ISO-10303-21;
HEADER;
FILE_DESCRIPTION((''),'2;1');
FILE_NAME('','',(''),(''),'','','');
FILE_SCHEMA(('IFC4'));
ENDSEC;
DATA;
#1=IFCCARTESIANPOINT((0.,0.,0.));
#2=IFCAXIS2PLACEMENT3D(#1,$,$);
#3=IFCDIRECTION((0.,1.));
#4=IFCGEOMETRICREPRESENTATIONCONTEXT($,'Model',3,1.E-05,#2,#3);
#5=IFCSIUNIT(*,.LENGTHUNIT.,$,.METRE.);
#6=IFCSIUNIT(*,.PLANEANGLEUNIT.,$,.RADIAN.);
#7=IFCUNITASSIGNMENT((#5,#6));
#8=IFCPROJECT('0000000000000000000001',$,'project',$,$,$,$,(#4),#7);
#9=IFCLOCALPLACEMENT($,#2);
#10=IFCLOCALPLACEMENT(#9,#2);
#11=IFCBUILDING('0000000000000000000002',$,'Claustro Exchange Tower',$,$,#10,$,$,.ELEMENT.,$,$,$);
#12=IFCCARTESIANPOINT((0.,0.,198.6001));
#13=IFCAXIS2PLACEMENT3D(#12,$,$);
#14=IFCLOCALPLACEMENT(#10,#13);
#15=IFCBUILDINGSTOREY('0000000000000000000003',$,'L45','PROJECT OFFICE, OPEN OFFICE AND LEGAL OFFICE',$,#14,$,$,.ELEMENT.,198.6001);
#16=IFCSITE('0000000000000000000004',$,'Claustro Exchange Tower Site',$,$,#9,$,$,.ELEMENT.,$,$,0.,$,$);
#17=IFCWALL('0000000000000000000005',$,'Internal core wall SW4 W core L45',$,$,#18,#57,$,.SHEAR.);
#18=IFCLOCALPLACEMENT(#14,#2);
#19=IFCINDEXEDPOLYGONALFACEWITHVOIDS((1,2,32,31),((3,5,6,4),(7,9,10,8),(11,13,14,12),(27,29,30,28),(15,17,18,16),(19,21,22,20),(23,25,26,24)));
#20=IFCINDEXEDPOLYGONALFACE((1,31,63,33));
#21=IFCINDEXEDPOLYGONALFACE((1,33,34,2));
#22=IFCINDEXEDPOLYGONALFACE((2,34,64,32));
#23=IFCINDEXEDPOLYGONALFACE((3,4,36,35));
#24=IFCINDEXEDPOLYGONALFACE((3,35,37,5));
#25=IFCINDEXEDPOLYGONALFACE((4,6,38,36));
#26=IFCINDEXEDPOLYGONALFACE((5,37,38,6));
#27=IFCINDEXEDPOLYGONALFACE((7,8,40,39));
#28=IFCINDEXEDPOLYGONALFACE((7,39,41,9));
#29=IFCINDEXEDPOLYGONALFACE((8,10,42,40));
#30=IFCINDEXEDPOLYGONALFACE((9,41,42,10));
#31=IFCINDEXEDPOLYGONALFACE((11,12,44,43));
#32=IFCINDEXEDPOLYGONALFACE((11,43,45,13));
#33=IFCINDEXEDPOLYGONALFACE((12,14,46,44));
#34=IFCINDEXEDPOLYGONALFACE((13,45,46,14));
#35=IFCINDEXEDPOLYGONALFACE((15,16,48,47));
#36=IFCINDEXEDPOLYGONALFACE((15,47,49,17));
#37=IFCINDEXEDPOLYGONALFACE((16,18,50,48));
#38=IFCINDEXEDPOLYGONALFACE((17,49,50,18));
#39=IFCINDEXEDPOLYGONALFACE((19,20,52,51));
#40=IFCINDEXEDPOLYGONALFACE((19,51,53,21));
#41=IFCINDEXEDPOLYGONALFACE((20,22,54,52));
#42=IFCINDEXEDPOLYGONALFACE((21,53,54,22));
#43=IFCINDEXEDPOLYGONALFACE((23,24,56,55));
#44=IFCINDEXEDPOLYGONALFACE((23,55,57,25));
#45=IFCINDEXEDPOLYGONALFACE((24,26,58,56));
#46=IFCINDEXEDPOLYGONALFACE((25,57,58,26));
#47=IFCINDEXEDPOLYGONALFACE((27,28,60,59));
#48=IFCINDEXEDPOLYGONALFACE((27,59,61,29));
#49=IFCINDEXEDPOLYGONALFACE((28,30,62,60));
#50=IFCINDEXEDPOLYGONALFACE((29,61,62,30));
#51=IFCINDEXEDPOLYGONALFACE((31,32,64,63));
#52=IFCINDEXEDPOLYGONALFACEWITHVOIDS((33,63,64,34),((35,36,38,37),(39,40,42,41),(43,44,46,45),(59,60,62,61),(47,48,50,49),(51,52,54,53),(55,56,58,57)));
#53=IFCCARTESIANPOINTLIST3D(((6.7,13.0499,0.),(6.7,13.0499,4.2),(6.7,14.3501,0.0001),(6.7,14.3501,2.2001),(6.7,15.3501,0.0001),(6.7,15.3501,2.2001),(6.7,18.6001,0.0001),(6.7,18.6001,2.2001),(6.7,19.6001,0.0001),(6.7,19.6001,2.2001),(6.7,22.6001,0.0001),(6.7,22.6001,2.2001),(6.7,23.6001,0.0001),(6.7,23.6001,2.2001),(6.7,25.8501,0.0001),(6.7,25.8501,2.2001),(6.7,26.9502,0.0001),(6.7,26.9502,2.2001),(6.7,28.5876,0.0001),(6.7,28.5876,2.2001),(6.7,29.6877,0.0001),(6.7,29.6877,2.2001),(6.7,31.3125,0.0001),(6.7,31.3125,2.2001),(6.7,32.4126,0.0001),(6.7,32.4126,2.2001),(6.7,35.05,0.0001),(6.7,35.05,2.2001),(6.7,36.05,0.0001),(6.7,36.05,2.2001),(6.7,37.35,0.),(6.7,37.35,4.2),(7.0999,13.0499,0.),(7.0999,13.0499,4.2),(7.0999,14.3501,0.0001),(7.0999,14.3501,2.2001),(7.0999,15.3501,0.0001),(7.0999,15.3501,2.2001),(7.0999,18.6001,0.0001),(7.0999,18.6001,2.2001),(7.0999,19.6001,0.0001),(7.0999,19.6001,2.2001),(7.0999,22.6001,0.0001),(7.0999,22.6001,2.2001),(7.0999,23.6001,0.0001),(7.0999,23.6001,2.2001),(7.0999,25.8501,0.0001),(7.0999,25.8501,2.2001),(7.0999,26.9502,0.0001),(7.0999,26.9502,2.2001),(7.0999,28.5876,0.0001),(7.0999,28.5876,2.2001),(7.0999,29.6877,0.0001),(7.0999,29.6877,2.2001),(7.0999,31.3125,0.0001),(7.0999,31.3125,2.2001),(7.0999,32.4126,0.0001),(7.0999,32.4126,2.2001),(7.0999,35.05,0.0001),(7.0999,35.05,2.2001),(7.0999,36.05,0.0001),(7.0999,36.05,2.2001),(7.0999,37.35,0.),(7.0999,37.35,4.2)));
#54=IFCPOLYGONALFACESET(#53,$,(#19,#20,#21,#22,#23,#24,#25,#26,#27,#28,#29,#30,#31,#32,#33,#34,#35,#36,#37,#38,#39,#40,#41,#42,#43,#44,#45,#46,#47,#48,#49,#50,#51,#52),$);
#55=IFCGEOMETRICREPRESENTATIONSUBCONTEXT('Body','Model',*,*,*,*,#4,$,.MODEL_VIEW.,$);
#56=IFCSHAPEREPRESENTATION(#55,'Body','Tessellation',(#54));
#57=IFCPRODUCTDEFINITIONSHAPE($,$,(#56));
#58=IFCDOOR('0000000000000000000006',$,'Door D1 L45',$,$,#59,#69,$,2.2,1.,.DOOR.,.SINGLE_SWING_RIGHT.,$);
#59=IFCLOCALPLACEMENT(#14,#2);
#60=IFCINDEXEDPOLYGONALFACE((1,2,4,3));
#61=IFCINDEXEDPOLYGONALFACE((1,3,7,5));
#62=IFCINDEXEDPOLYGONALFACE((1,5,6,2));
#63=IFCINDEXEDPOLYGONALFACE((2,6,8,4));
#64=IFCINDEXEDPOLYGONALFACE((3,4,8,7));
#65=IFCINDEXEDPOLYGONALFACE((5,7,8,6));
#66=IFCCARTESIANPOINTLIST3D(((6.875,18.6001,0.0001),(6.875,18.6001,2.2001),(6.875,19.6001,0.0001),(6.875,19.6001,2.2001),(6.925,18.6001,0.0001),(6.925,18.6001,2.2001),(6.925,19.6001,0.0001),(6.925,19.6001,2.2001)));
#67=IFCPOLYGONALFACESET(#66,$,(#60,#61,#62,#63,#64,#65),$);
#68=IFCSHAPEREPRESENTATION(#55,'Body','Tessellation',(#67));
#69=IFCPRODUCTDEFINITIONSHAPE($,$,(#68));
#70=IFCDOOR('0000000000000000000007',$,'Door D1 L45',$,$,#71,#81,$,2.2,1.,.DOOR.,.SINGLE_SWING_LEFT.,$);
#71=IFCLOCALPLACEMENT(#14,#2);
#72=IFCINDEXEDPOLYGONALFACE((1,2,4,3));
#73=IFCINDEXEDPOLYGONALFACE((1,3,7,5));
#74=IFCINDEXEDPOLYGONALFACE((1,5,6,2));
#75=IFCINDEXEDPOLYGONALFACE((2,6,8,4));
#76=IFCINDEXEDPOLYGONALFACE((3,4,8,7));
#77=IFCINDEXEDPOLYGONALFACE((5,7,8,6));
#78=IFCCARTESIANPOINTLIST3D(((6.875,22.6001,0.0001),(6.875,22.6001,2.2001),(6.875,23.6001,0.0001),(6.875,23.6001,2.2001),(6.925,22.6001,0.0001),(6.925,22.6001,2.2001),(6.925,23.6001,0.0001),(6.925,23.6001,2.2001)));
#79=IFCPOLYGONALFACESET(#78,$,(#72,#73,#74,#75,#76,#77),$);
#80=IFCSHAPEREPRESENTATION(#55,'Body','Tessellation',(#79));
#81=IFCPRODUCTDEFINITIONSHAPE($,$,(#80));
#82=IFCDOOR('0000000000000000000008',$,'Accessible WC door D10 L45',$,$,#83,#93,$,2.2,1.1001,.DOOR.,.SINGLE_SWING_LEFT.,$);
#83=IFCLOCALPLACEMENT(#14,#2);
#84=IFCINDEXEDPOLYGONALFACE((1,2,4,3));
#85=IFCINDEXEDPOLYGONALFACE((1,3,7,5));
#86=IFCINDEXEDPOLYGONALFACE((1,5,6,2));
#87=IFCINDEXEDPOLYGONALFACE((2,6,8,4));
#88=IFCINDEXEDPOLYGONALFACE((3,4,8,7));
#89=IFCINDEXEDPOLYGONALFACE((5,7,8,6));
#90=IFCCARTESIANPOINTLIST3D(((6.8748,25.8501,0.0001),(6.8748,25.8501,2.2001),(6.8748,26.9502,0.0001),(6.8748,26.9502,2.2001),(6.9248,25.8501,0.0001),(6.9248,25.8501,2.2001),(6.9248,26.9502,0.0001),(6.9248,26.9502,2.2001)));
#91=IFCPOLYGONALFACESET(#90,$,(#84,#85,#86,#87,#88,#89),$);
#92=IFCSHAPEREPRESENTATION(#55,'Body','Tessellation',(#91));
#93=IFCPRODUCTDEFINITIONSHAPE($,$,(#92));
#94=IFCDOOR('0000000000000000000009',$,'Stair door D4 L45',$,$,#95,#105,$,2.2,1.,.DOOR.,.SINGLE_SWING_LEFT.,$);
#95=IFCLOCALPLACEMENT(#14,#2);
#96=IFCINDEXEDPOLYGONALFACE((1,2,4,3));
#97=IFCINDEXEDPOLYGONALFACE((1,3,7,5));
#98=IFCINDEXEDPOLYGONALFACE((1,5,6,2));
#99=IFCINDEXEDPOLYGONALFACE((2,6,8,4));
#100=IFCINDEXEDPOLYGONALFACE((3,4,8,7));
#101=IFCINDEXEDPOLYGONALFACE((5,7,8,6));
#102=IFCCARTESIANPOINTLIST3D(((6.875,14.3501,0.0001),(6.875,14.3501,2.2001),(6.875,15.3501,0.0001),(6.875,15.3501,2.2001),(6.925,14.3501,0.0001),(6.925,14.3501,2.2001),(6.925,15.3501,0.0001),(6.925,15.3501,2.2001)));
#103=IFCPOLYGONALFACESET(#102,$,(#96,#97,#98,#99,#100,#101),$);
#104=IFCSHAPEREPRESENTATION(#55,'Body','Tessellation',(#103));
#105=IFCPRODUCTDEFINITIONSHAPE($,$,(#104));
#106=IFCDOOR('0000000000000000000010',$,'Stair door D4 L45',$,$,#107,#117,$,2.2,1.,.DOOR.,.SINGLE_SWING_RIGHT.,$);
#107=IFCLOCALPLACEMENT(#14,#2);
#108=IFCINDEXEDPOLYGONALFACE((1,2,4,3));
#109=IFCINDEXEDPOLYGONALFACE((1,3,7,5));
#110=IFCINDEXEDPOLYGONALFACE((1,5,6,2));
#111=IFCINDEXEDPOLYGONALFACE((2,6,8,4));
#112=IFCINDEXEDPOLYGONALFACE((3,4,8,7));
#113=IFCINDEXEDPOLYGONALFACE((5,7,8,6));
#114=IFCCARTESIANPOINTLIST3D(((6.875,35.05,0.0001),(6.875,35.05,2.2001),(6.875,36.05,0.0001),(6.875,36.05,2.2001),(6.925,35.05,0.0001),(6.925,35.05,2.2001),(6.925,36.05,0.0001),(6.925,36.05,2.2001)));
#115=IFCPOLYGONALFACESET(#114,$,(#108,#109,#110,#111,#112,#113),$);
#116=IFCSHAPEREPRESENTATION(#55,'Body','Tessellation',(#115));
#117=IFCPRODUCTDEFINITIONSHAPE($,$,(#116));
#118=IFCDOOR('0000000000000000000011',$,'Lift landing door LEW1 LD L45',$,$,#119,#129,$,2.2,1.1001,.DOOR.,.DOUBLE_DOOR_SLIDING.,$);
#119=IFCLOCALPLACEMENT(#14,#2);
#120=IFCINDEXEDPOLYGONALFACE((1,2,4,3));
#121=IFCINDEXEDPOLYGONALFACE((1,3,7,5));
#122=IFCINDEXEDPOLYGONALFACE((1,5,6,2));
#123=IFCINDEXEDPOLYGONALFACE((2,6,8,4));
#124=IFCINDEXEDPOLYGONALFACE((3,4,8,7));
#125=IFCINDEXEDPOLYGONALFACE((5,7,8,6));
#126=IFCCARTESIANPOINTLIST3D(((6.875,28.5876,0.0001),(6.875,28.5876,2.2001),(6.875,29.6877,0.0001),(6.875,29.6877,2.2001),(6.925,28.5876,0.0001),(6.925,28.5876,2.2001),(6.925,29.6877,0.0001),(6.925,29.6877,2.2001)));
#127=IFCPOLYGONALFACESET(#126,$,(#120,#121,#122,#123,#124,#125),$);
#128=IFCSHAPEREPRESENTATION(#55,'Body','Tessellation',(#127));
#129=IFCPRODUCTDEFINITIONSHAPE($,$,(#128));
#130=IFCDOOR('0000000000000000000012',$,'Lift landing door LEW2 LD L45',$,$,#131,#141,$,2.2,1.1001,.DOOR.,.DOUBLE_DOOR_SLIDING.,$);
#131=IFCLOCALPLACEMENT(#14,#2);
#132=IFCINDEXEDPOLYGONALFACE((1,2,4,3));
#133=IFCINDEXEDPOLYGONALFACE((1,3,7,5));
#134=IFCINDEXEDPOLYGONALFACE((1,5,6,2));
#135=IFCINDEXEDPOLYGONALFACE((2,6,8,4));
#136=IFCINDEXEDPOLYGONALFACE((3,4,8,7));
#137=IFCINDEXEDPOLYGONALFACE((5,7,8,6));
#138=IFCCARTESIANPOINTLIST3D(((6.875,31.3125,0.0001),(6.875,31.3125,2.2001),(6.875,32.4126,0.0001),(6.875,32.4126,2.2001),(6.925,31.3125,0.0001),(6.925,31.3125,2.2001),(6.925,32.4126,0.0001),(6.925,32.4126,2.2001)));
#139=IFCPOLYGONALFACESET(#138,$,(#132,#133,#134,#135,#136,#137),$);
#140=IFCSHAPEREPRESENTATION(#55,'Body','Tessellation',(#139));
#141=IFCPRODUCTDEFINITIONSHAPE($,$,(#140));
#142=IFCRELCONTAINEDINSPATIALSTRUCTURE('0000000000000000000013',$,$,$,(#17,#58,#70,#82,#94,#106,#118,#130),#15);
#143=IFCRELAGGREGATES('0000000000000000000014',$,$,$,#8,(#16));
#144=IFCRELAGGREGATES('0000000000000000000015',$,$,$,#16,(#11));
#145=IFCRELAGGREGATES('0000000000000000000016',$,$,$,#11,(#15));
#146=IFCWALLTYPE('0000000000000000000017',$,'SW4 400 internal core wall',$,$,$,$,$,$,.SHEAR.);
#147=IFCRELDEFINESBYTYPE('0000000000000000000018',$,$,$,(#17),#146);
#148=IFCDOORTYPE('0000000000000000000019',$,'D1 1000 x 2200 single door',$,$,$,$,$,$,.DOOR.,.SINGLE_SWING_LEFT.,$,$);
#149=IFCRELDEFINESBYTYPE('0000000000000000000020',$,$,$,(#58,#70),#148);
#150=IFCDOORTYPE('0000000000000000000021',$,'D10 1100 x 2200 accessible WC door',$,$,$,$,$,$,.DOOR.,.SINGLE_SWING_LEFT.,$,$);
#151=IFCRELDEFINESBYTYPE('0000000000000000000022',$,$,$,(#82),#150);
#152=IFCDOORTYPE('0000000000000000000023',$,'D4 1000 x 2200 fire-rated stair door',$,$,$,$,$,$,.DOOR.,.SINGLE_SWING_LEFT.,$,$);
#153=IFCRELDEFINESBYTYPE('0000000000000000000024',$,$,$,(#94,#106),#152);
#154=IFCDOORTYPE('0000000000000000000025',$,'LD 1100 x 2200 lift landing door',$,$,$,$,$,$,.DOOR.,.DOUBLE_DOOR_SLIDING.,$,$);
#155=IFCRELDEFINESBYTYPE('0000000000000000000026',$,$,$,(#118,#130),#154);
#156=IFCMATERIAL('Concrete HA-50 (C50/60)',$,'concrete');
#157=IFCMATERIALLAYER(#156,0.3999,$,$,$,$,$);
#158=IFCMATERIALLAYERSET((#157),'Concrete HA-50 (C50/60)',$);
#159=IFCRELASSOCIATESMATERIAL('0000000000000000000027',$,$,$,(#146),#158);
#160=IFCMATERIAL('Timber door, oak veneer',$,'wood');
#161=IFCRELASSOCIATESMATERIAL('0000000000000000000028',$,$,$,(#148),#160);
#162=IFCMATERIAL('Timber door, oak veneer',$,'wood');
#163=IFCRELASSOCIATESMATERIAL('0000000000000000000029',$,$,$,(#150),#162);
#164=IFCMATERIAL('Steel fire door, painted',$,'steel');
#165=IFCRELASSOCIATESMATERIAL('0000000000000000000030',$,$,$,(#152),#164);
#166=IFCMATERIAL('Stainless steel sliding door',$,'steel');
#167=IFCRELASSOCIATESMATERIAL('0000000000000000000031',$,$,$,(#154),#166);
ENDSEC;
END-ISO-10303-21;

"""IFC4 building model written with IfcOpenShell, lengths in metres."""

from ifc_helpers import new_model, si_unit, direction, frame, frame_2d, origin, place, context, subcontext, project, spatial, rectangle, extrude, material, layer, layer_set, type_object, element, fill, save


model = new_model("IFC4")

# Units and contexts
model_context = context("Model", 3, precision=1e-05, world=origin(), true_north=direction((0.0, 1.0)))
body_context = subcontext(model_context, "Body", "Model", "MODEL_VIEW")
ifc_project = project(units=[si_unit("LENGTHUNIT", "METRE"), si_unit("PLANEANGLEUNIT", "RADIAN")], contexts=[model_context])

# Site, building, storey
site_placement = place(None, origin())
site = spatial("IfcSite", under=ifc_project, at=site_placement, Name="Claustro Exchange Tower Site", CompositionType="ELEMENT", RefElevation=0.0)
building_placement = place(site_placement, origin())
building = spatial("IfcBuilding", under=site, at=building_placement, Name="Claustro Exchange Tower", CompositionType="ELEMENT")
storey_placement = place(building_placement, frame((0.0, 0.0, 198.6001)))
storey = spatial("IfcBuildingStorey", under=building, at=storey_placement, Name="L45", Description="PROJECT OFFICE, OPEN OFFICE AND LEGAL OFFICE", CompositionType="ELEMENT", Elevation=198.6001)

# Wall, openings, doors
ifc_material_1 = material(Name="Concrete HA-50 (C50/60)", Category="concrete")
ifc_layer_1 = layer(ifc_material_1, 0.3999)
ifc_layer_set_1 = layer_set([ifc_layer_1], Name="Concrete HA-50 (C50/60)")
wall_type_1 = type_object("IfcWallType", Name="SW4 400 internal core wall", PredefinedType="SHEAR", material=ifc_layer_set_1)
wall_1_placement = place(storey_placement, frame((6.8999, 13.05, 0.0), z_axis=(0.0, 0.0, 1.0), x_axis=(0.0, 1.0, 0.0)))
wall_1 = element("IfcWall", 1, at=wall_1_placement, inside=storey, type_object=wall_type_1, Name="Internal core wall SW4 W core L45", PredefinedType="SHEAR", context=body_context, shape_type="SweptSolid", body=[
    extrude(rectangle(XDim=24.3, YDim=0.3999, at=frame_2d((12.1499, 0.0))), origin(), (0.0, 0.0, 1.0), 4.2),
])
opening_1_placement = place(wall_1_placement, frame((1.3, 0.0, 0.0)))
opening_1 = element("IfcOpeningElement", 2, at=opening_1_placement, cuts=wall_1, PredefinedType="OPENING", context=body_context, shape_type="SweptSolid", body=[
    extrude(rectangle(XDim=1.0, YDim=2.2, at=frame_2d((0.5, 1.1001))), frame((0.0, 0.21, 0.0), z_axis=(0.0, -1.0, 0.0), x_axis=(1.0, 0.0, 0.0)), (0.0, 0.0, 1.0), 0.4199),
])
opening_2_placement = place(wall_1_placement, frame((22.0, 0.0, 0.0)))
opening_2 = element("IfcOpeningElement", 3, at=opening_2_placement, cuts=wall_1, PredefinedType="OPENING", context=body_context, shape_type="SweptSolid", body=[
    extrude(rectangle(XDim=1.0, YDim=2.2, at=frame_2d((0.5, 1.1001))), frame((0.0, 0.21, 0.0), z_axis=(0.0, -1.0, 0.0), x_axis=(1.0, 0.0, 0.0)), (0.0, 0.0, 1.0), 0.4199),
])
opening_3_placement = place(wall_1_placement, frame((5.55, 0.0, 0.0)))
opening_3 = element("IfcOpeningElement", 4, at=opening_3_placement, cuts=wall_1, PredefinedType="OPENING", context=body_context, shape_type="SweptSolid", body=[
    extrude(rectangle(XDim=1.0, YDim=2.2, at=frame_2d((0.5, 1.1001))), frame((0.0, 0.21, 0.0), z_axis=(0.0, -1.0, 0.0), x_axis=(1.0, 0.0, 0.0)), (0.0, 0.0, 1.0), 0.4199),
])
opening_4_placement = place(wall_1_placement, frame((9.55, 0.0, 0.0)))
opening_4 = element("IfcOpeningElement", 5, at=opening_4_placement, cuts=wall_1, PredefinedType="OPENING", context=body_context, shape_type="SweptSolid", body=[
    extrude(rectangle(XDim=1.0, YDim=2.2, at=frame_2d((0.5, 1.1001))), frame((0.0, 0.21, 0.0), z_axis=(0.0, -1.0, 0.0), x_axis=(1.0, 0.0, 0.0)), (0.0, 0.0, 1.0), 0.4199),
])
opening_5_placement = place(wall_1_placement, frame((12.8, 0.0, 0.0)))
opening_5 = element("IfcOpeningElement", 6, at=opening_5_placement, cuts=wall_1, PredefinedType="OPENING", context=body_context, shape_type="SweptSolid", body=[
    extrude(rectangle(XDim=1.1001, YDim=2.2, at=frame_2d((0.55, 1.1001))), frame((0.0, 0.21, 0.0), z_axis=(0.0, -1.0, 0.0), x_axis=(1.0, 0.0, 0.0)), (0.0, 0.0, 1.0), 0.4199),
])
opening_6_placement = place(wall_1_placement, frame((15.5376, 0.0, 0.0)))
opening_6 = element("IfcOpeningElement", 7, at=opening_6_placement, cuts=wall_1, PredefinedType="OPENING", context=body_context, shape_type="SweptSolid", body=[
    extrude(rectangle(XDim=1.1001, YDim=2.2, at=frame_2d((0.55, 1.1001))), frame((0.0, 0.21, 0.0), z_axis=(0.0, -1.0, 0.0), x_axis=(1.0, 0.0, 0.0)), (0.0, 0.0, 1.0), 0.4199),
])
opening_7_placement = place(wall_1_placement, frame((18.2625, 0.0, 0.0)))
opening_7 = element("IfcOpeningElement", 8, at=opening_7_placement, cuts=wall_1, PredefinedType="OPENING", context=body_context, shape_type="SweptSolid", body=[
    extrude(rectangle(XDim=1.1001, YDim=2.2, at=frame_2d((0.55, 1.1001))), frame((0.0, 0.21, 0.0), z_axis=(0.0, -1.0, 0.0), x_axis=(1.0, 0.0, 0.0)), (0.0, 0.0, 1.0), 0.4199),
])
ifc_material_2 = material(Name="Timber door, oak veneer", Category="wood")
door_type_1 = type_object("IfcDoorType", Name="D1 1000 x 2200 single door", OperationType="SINGLE_SWING_LEFT", PredefinedType="DOOR", material=ifc_material_2)
door_1_placement = place(opening_3_placement, origin())
door_1 = element("IfcDoor", 9, at=door_1_placement, inside=storey, type_object=door_type_1, Name="Door D1 L45", OperationType="SINGLE_SWING_RIGHT", OverallHeight=2.2, OverallWidth=1.0, PredefinedType="DOOR", context=body_context, shape_type="SweptSolid", body=[
    extrude(rectangle(XDim=1.0, YDim=2.2, at=frame_2d((0.5, 1.1001))), frame((0.0, 0.0249, 0.0), z_axis=(0.0, -1.0, 0.0), x_axis=(1.0, 0.0, 0.0)), (0.0, 0.0, 1.0), 0.05),
])
fill(opening_3, door_1)
door_2_placement = place(opening_4_placement, origin())
door_2 = element("IfcDoor", 10, at=door_2_placement, inside=storey, type_object=door_type_1, Name="Door D1 L45", OperationType="SINGLE_SWING_LEFT", OverallHeight=2.2, OverallWidth=1.0, PredefinedType="DOOR", context=body_context, shape_type="SweptSolid", body=[
    extrude(rectangle(XDim=1.0, YDim=2.2, at=frame_2d((0.5, 1.1001))), frame((0.0, 0.0249, 0.0), z_axis=(0.0, -1.0, 0.0), x_axis=(1.0, 0.0, 0.0)), (0.0, 0.0, 1.0), 0.05),
])
fill(opening_4, door_2)
ifc_material_3 = material(Name="Timber door, oak veneer", Category="wood")
door_type_2 = type_object("IfcDoorType", Name="D10 1100 x 2200 accessible WC door", OperationType="SINGLE_SWING_LEFT", PredefinedType="DOOR", material=ifc_material_3)
door_3_placement = place(opening_5_placement, frame((1.1001, 0.0, 0.0), z_axis=(0.0, 0.0, 1.0), x_axis=(-1.0, 0.0, 0.0)))
door_3 = element("IfcDoor", 11, at=door_3_placement, inside=storey, type_object=door_type_2, Name="Accessible WC door D10 L45", OperationType="SINGLE_SWING_LEFT", OverallHeight=2.2, OverallWidth=1.1001, PredefinedType="DOOR", context=body_context, shape_type="SweptSolid", body=[
    extrude(rectangle(XDim=1.1001, YDim=2.2, at=frame_2d((0.55, 1.1001))), frame((0.0, 0.0249, 0.0), z_axis=(0.0, -1.0, 0.0), x_axis=(1.0, 0.0, 0.0)), (0.0, 0.0, 1.0), 0.05),
])
fill(opening_5, door_3)
ifc_material_4 = material(Name="Steel fire door, painted", Category="steel")
door_type_3 = type_object("IfcDoorType", Name="D4 1000 x 2200 fire-rated stair door", OperationType="SINGLE_SWING_LEFT", PredefinedType="DOOR", material=ifc_material_4)
door_4_placement = place(opening_1_placement, origin())
door_4 = element("IfcDoor", 12, at=door_4_placement, inside=storey, type_object=door_type_3, Name="Stair door D4 L45", OperationType="SINGLE_SWING_LEFT", OverallHeight=2.2, OverallWidth=1.0, PredefinedType="DOOR", context=body_context, shape_type="SweptSolid", body=[
    extrude(rectangle(XDim=1.0, YDim=2.2, at=frame_2d((0.5, 1.1001))), frame((0.0, 0.0249, 0.0), z_axis=(0.0, -1.0, 0.0), x_axis=(1.0, 0.0, 0.0)), (0.0, 0.0, 1.0), 0.05),
])
fill(opening_1, door_4)
door_5_placement = place(opening_2_placement, origin())
door_5 = element("IfcDoor", 13, at=door_5_placement, inside=storey, type_object=door_type_3, Name="Stair door D4 L45", OperationType="SINGLE_SWING_RIGHT", OverallHeight=2.2, OverallWidth=1.0, PredefinedType="DOOR", context=body_context, shape_type="SweptSolid", body=[
    extrude(rectangle(XDim=1.0, YDim=2.2, at=frame_2d((0.5, 1.1001))), frame((0.0, 0.0249, 0.0), z_axis=(0.0, -1.0, 0.0), x_axis=(1.0, 0.0, 0.0)), (0.0, 0.0, 1.0), 0.05),
])
fill(opening_2, door_5)
ifc_material_5 = material(Name="Stainless steel sliding door", Category="steel")
door_type_4 = type_object("IfcDoorType", Name="LD 1100 x 2200 lift landing door", OperationType="DOUBLE_DOOR_SLIDING", PredefinedType="DOOR", material=ifc_material_5)
door_6_placement = place(opening_6_placement, origin())
door_6 = element("IfcDoor", 14, at=door_6_placement, inside=storey, type_object=door_type_4, Name="Lift landing door LEW1 LD L45", OperationType="DOUBLE_DOOR_SLIDING", OverallHeight=2.2, OverallWidth=1.1001, PredefinedType="DOOR", context=body_context, shape_type="SweptSolid", body=[
    extrude(rectangle(XDim=1.1001, YDim=2.2, at=frame_2d((0.55, 1.1001))), frame((0.0, 0.0249, 0.0), z_axis=(0.0, -1.0, 0.0), x_axis=(1.0, 0.0, 0.0)), (0.0, 0.0, 1.0), 0.05),
])
fill(opening_6, door_6)
door_7_placement = place(opening_7_placement, origin())
door_7 = element("IfcDoor", 15, at=door_7_placement, inside=storey, type_object=door_type_4, Name="Lift landing door LEW2 LD L45", OperationType="DOUBLE_DOOR_SLIDING", OverallHeight=2.2, OverallWidth=1.1001, PredefinedType="DOOR", context=body_context, shape_type="SweptSolid", body=[
    extrude(rectangle(XDim=1.1001, YDim=2.2, at=frame_2d((0.55, 1.1001))), frame((0.0, 0.0249, 0.0), z_axis=(0.0, -1.0, 0.0), x_axis=(1.0, 0.0, 0.0)), (0.0, 0.0, 1.0), 0.05),
])
fill(opening_7, door_7)

save(model, "model.ifc")
